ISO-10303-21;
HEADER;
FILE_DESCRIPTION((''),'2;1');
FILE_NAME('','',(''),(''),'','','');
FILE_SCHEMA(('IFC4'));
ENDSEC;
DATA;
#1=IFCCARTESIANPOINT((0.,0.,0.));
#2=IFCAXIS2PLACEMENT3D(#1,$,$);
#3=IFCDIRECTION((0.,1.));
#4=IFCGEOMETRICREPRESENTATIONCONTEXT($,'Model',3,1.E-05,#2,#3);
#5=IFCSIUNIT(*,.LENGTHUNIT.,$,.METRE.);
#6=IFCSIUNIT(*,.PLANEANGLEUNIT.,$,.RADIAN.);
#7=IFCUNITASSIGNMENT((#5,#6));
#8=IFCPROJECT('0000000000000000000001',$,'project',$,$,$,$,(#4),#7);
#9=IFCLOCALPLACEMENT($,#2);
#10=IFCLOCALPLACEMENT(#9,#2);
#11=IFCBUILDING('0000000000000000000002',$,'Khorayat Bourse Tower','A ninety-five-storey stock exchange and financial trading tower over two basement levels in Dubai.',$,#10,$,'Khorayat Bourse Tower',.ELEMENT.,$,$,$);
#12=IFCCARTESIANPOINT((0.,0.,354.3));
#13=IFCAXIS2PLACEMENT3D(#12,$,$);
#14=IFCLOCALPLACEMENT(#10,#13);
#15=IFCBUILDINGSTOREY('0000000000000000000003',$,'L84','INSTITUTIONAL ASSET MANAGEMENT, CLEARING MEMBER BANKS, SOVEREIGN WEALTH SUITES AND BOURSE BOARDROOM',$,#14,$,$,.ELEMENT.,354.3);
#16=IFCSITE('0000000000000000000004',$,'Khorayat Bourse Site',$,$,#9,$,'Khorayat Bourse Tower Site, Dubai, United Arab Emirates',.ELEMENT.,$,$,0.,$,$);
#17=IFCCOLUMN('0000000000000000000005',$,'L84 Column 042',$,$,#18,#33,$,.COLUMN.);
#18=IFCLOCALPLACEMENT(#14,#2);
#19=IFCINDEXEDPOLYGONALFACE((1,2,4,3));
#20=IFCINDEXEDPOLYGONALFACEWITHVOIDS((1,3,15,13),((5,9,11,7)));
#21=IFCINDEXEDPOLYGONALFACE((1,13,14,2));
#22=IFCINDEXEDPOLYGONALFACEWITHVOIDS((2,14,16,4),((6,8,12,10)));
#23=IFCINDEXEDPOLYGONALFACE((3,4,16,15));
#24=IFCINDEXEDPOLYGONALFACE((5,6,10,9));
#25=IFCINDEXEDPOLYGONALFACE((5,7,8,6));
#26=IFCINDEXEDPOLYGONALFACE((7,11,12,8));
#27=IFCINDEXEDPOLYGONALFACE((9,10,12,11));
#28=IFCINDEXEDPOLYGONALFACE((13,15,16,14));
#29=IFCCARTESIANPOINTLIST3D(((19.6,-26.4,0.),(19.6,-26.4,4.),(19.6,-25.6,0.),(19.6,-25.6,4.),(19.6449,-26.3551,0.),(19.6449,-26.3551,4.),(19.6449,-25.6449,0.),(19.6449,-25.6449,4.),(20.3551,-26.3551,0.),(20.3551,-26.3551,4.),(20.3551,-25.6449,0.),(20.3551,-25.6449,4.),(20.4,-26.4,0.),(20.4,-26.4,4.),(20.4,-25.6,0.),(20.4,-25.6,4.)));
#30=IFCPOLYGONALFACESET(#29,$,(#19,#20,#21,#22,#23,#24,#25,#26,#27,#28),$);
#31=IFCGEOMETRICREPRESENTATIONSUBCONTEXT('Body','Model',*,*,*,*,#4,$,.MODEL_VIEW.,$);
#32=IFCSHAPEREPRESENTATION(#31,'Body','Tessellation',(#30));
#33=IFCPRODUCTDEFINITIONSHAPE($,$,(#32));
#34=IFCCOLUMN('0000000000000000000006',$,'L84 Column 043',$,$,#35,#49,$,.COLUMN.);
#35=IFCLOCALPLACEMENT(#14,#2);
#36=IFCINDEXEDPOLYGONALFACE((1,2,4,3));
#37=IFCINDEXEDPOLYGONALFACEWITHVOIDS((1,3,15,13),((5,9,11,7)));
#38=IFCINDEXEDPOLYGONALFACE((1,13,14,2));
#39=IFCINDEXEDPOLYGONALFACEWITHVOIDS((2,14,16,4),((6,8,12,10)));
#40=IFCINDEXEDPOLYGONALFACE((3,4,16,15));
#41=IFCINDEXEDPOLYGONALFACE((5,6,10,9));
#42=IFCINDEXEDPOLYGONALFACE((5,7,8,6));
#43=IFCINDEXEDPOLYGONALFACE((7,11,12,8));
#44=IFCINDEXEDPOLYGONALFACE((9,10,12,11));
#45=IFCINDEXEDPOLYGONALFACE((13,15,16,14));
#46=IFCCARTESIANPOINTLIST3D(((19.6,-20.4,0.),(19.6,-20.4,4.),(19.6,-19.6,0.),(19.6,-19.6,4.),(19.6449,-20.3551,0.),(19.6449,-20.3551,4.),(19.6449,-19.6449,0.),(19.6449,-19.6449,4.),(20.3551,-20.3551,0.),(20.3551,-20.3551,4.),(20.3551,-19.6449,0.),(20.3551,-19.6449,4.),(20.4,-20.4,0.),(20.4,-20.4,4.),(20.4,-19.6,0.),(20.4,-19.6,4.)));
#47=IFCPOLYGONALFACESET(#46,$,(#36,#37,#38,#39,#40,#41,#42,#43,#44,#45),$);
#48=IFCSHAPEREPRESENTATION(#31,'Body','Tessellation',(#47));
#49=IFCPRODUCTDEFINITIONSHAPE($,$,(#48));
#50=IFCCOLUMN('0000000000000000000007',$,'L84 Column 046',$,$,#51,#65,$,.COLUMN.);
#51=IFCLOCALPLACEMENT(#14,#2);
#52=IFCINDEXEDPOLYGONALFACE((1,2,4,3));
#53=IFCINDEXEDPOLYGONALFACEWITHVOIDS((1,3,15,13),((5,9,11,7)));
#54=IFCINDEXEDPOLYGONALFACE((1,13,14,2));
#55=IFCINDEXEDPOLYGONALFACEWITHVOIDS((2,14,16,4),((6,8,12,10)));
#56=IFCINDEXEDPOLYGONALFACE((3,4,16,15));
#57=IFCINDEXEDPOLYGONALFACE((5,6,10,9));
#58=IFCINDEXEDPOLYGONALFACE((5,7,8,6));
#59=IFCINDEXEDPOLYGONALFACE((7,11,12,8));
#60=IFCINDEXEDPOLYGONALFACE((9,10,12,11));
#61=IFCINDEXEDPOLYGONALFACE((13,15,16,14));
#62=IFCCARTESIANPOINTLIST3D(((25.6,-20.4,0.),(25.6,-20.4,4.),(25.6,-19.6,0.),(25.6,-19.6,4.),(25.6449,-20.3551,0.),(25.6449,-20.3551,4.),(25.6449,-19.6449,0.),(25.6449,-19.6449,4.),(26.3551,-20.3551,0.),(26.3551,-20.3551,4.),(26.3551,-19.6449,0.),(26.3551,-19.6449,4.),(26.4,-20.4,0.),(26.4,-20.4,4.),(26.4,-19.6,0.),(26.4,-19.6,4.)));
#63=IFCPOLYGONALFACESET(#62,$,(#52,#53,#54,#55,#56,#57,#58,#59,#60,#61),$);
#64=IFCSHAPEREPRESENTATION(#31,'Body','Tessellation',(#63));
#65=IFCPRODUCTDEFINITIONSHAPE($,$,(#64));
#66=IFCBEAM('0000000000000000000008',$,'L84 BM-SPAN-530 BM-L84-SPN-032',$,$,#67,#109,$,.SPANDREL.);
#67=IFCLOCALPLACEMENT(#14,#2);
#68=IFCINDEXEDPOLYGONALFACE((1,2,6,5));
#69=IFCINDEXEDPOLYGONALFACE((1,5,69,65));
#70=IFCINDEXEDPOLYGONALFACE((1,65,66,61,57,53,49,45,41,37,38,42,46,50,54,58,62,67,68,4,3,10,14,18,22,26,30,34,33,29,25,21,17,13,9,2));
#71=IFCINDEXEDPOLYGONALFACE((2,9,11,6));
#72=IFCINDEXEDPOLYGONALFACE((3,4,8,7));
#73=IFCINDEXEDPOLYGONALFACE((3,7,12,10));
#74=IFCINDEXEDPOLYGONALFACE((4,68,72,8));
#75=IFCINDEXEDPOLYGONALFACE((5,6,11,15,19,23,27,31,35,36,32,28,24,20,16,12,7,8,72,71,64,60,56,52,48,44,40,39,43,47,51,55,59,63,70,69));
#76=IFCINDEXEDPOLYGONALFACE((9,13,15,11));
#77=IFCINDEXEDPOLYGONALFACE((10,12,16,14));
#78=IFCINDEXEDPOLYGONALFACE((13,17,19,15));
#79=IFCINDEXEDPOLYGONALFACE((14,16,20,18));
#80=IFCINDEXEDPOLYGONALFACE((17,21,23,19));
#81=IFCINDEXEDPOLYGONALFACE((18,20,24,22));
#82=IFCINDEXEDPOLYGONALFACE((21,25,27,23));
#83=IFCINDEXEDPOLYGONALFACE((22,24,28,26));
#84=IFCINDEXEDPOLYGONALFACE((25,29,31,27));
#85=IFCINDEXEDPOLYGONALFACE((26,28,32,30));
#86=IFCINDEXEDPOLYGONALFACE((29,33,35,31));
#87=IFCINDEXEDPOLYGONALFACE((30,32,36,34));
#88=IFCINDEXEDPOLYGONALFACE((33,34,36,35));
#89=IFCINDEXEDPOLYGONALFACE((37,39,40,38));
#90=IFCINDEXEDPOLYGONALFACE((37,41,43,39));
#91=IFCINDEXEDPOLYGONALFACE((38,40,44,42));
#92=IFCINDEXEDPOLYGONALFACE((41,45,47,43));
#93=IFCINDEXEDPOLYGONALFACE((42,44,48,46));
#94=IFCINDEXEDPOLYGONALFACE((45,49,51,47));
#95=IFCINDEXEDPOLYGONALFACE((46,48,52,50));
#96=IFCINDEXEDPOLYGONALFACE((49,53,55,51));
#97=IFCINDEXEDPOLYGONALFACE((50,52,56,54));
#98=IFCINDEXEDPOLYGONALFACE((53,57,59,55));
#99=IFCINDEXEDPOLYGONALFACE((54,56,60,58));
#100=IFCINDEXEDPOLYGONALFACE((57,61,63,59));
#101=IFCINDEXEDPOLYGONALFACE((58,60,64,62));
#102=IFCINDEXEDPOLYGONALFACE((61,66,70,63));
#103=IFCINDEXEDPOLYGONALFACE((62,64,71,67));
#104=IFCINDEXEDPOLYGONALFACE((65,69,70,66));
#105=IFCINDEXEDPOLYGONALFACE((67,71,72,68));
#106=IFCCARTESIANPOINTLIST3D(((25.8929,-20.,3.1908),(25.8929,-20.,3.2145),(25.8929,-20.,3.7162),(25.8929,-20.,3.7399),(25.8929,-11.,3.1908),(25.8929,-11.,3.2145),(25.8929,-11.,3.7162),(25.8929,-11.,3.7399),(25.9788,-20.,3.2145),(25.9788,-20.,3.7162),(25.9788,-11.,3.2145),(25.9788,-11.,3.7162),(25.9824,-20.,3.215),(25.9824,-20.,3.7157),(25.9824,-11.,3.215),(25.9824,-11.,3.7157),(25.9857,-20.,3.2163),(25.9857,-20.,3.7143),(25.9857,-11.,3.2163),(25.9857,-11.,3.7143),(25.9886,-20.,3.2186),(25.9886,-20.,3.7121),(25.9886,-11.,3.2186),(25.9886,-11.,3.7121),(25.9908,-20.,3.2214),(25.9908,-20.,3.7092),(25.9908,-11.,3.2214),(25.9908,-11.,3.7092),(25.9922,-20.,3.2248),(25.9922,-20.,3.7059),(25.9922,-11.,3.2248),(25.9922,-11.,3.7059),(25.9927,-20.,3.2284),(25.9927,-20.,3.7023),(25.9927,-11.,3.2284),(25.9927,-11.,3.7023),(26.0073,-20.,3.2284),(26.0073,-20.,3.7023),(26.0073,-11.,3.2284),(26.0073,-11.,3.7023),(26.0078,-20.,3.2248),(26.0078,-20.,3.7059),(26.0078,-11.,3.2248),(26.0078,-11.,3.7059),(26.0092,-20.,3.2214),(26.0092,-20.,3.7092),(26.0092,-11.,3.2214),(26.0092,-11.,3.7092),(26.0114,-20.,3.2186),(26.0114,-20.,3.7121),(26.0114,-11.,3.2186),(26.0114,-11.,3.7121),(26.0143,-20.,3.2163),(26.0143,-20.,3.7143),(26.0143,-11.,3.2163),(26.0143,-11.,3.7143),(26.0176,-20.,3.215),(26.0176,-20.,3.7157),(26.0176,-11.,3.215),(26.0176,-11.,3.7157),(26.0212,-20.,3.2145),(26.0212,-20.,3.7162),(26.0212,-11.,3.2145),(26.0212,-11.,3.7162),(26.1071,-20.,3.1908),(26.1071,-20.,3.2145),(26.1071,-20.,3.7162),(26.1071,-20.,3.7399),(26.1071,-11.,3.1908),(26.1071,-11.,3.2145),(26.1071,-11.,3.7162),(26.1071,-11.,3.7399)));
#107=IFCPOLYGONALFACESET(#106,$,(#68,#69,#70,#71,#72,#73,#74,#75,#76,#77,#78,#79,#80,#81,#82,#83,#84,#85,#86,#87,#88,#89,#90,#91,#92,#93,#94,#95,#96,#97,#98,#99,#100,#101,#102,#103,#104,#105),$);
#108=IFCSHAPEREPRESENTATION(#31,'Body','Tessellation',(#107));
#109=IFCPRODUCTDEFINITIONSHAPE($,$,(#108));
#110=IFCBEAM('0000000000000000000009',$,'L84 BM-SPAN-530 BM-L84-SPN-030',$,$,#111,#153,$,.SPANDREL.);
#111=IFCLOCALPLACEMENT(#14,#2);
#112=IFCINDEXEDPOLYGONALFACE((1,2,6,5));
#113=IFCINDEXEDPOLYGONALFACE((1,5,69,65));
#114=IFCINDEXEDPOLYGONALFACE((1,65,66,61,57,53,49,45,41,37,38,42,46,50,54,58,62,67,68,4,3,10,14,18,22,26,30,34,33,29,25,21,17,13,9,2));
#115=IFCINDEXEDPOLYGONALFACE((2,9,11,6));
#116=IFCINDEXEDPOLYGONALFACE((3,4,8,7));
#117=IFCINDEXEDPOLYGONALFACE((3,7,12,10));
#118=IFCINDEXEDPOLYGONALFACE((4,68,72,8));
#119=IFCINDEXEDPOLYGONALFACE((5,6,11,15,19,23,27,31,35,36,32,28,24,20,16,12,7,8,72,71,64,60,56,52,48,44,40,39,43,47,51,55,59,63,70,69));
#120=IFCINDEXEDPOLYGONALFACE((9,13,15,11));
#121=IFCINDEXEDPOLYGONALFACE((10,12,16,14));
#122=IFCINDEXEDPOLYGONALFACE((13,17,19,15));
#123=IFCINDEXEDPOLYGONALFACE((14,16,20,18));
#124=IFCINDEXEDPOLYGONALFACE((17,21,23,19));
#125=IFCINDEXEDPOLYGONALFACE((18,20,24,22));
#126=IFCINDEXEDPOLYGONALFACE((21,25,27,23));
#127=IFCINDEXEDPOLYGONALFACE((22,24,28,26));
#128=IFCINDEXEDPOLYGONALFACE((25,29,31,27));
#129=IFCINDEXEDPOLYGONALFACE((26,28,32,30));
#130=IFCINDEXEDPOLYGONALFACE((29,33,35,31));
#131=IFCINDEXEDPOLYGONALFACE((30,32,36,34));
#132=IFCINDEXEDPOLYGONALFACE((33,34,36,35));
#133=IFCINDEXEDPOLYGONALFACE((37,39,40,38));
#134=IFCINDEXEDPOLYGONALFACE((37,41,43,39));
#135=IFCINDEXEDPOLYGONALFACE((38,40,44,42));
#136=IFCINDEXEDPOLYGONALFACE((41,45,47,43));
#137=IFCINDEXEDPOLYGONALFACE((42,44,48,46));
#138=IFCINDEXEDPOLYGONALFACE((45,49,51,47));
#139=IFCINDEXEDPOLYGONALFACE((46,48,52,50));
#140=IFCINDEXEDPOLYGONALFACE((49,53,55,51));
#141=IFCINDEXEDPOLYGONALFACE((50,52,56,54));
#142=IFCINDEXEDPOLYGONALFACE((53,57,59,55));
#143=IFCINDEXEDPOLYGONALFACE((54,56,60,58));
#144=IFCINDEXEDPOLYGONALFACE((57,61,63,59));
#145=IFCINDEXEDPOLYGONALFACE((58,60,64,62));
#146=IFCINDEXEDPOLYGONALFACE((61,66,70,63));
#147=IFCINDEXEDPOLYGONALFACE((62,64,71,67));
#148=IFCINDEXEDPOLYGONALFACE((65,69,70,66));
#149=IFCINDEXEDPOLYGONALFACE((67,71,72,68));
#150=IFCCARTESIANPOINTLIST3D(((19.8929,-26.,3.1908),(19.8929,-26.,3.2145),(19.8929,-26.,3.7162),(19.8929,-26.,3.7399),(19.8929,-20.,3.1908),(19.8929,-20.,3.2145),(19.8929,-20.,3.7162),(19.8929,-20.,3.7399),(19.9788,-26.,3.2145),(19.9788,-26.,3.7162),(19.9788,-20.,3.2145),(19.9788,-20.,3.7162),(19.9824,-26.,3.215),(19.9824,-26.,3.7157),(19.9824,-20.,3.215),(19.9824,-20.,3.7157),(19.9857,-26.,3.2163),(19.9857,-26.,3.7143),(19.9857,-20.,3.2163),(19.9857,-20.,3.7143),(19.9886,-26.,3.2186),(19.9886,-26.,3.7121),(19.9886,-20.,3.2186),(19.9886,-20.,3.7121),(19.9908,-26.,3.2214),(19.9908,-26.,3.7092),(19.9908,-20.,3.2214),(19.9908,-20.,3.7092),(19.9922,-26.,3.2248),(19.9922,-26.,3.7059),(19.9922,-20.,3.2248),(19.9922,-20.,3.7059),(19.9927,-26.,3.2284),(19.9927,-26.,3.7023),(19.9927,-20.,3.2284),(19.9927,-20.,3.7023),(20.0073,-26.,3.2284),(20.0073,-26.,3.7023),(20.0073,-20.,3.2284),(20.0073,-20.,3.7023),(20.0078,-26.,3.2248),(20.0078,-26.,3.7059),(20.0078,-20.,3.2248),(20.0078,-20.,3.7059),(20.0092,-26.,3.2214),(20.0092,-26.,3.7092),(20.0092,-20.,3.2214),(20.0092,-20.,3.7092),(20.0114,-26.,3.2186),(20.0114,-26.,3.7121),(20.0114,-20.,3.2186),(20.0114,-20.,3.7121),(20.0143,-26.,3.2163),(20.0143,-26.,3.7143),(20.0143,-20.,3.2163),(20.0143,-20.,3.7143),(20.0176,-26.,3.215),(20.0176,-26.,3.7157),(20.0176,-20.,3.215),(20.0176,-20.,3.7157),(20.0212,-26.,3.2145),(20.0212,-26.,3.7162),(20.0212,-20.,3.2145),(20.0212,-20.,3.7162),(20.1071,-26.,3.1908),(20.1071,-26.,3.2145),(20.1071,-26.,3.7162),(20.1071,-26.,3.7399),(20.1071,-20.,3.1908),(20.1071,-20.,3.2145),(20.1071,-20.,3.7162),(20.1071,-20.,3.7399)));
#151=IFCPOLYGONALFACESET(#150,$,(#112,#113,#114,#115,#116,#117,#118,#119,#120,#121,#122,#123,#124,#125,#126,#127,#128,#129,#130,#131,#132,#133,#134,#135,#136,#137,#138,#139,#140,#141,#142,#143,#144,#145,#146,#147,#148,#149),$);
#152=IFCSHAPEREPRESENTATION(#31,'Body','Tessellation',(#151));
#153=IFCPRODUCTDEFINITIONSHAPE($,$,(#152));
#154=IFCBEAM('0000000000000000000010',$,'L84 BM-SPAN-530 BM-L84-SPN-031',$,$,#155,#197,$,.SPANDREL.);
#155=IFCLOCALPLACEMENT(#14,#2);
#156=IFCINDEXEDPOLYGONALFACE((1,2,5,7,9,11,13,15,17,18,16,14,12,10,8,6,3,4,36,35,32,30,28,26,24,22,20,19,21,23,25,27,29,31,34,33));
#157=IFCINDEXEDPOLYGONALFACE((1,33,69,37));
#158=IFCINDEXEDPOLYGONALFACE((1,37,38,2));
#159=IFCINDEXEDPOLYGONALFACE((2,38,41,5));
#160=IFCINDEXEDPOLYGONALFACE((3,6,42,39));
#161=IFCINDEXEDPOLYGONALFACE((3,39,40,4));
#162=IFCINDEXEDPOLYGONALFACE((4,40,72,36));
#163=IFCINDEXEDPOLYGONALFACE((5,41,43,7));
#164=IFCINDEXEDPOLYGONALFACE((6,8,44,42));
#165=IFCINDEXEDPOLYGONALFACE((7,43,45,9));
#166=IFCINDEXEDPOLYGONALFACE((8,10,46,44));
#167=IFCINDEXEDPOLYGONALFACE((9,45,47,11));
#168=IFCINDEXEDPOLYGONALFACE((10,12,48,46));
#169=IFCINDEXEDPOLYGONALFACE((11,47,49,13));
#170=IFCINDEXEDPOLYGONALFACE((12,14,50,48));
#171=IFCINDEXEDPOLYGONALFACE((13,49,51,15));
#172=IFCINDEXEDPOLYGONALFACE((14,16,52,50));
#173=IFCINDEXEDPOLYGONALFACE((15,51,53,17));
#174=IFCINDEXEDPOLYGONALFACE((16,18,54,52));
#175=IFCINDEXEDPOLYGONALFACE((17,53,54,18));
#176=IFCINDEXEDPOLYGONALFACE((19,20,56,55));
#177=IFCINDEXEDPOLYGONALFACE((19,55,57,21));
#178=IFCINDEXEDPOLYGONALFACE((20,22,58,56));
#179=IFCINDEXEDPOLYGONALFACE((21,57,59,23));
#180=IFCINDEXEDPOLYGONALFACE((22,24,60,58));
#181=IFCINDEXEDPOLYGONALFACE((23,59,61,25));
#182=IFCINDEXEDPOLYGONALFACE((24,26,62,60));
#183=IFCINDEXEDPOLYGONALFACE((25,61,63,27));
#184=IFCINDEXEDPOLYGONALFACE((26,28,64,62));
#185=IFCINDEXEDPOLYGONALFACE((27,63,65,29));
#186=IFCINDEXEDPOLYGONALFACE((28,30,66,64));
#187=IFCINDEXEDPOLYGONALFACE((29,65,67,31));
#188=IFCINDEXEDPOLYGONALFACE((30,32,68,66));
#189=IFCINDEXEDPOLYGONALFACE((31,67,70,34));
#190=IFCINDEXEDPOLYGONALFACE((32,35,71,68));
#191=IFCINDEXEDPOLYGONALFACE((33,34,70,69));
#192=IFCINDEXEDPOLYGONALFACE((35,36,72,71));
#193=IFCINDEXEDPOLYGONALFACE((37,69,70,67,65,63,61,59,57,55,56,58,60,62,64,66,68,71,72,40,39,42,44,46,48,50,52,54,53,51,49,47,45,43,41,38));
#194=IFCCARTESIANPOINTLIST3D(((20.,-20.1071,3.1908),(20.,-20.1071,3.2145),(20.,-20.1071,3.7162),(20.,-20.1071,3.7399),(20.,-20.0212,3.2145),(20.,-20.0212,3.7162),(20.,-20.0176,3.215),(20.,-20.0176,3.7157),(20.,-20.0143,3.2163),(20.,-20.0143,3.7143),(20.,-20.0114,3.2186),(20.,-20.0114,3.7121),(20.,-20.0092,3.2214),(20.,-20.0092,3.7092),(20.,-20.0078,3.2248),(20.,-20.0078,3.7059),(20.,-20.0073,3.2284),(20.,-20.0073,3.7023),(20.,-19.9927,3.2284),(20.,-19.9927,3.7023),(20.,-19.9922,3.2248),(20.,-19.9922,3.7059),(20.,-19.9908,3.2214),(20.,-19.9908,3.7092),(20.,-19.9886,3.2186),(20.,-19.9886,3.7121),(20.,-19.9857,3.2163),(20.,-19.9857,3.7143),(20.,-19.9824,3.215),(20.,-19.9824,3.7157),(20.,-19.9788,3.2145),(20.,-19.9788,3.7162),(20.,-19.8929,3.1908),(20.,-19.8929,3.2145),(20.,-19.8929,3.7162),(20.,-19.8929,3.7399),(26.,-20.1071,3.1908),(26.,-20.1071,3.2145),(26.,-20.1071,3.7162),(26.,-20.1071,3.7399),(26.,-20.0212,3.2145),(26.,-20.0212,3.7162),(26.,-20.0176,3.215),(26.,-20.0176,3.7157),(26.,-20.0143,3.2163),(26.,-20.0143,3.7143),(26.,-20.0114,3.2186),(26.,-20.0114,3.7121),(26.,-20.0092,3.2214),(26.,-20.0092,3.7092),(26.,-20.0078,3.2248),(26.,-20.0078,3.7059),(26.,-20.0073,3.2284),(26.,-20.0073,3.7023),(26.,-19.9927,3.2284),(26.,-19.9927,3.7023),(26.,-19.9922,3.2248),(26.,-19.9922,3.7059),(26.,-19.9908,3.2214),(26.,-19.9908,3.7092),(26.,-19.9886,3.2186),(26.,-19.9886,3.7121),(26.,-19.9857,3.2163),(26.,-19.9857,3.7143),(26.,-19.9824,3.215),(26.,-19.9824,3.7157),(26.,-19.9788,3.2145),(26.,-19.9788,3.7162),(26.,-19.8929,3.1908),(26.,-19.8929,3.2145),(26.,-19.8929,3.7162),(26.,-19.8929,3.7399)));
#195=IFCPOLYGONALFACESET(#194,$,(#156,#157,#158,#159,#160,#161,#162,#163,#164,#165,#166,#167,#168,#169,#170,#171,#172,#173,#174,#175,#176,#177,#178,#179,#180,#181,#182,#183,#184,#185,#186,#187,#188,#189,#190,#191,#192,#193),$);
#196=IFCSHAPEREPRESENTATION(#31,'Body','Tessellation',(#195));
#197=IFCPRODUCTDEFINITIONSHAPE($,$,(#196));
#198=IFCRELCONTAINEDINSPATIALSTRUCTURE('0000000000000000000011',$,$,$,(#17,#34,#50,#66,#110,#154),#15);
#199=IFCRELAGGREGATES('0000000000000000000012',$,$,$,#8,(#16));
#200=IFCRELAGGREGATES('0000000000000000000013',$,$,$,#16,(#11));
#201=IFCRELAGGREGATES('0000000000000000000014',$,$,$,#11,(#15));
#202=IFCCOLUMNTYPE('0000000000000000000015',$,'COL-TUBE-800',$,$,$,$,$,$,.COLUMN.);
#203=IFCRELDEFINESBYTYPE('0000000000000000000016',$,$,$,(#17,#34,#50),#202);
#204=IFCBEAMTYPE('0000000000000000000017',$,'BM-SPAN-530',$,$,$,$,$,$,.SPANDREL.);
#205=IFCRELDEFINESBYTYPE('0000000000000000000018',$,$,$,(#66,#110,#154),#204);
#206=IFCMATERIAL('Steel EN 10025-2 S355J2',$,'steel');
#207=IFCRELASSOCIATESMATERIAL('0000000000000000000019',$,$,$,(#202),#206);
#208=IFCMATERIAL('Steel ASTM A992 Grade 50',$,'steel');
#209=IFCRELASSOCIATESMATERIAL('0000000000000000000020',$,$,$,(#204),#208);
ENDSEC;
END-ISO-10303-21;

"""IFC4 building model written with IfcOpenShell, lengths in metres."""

from ifc_helpers import new_model, si_unit, direction, frame, origin, origin_2d, place, context, subcontext, project, spatial, hollow_rectangle, i_section, extrude, source, transform, mapped, material, material_profile, profile_set, type_object, element, save


model = new_model("IFC4")

# Units and contexts
model_context = context("Model", 3, precision=1e-05, world=origin(), true_north=direction((0.0, 1.0)))
body_context = subcontext(model_context, "Body", "Model", "MODEL_VIEW")
ifc_project = project(units=[si_unit("LENGTHUNIT", "METRE"), si_unit("PLANEANGLEUNIT", "RADIAN")], contexts=[model_context])

# Site, building, storey
site_placement = place(None, origin())
site = spatial("IfcSite", under=ifc_project, at=site_placement, Name="Khorayat Bourse Site", LongName="Khorayat Bourse Tower Site, Dubai, United Arab Emirates", CompositionType="ELEMENT", RefElevation=0.0)
building_placement = place(site_placement, origin())
building = spatial("IfcBuilding", under=site, at=building_placement, Name="Khorayat Bourse Tower", Description="A ninety-five-storey stock exchange and financial trading tower over two basement levels in Dubai.", LongName="Khorayat Bourse Tower", CompositionType="ELEMENT")
storey_placement = place(building_placement, frame((0.0, 0.0, 354.3)))
storey = spatial("IfcBuildingStorey", under=building, at=storey_placement, Name="L84", Description="INSTITUTIONAL ASSET MANAGEMENT, CLEARING MEMBER BANKS, SOVEREIGN WEALTH SUITES AND BOURSE BOARDROOM", CompositionType="ELEMENT", Elevation=354.3)

# Columns
ifc_material_1 = material(Name="Steel EN 10025-2 S355J2", Category="steel")
ifc_material_profile_1 = material_profile(ifc_material_1, hollow_rectangle(XDim=0.8, YDim=0.8, WallThickness=0.0449, at=origin_2d()), Name="BOX 800x800x45")
ifc_profile_set_1 = profile_set([ifc_material_profile_1], Name="Steel EN 10025-2 S355J2")
column_type = type_object("IfcColumnType", Name="COL-TUBE-800", PredefinedType="COLUMN", material=ifc_profile_set_1)
shared_shape_1 = source(origin(), body_context, "Body", "SweptSolid", [
    extrude(hollow_rectangle(XDim=0.8, YDim=0.8, WallThickness=0.0449, at=origin_2d()), origin(), (0.0, 0.0, 1.0), 4.0),
])
for number, where, z_axis, x_axis, name in (
    (1, (20.0, -26.0, 0.0), (0.0, 0.0, 1.0), (1.0, 0.0, 0.0), "L84 Column 042"),
    (2, (20.0, -20.0, 0.0), (0.0, 0.0, 1.0), (1.0, 0.0, 0.0), "L84 Column 043"),
    (3, (26.0, -20.0, 0.0), (0.0, 0.0, 1.0), (1.0, 0.0, 0.0), "L84 Column 046"),
):
    element("IfcColumn", number, at=place(storey_placement, frame(where, z_axis=z_axis, x_axis=x_axis)), inside=storey, type_object=column_type, Name=name, PredefinedType="COLUMN", context=body_context, shape_type="MappedRepresentation", body=[
        mapped(shared_shape_1, transform((0.0, 0.0, 0.0), scale=1.0)),
    ])

# Beams
ifc_material_2 = material(Name="Steel ASTM A992 Grade 50", Category="steel")
ifc_material_profile_2 = material_profile(ifc_material_2, i_section(OverallWidth=0.2141, OverallDepth=0.5491, WebThickness=0.0146, FlangeThickness=0.0237, FilletRadius=0.0139, at=origin_2d()), Name="W530X138")
ifc_profile_set_2 = profile_set([ifc_material_profile_2], Name="Steel ASTM A992 Grade 50")
beam_type_1 = type_object("IfcBeamType", Name="BM-SPAN-530", PredefinedType="SPANDREL", material=ifc_profile_set_2)
shared_shape_2 = source(origin(), body_context, "Body", "SweptSolid", [
    extrude(i_section(OverallWidth=0.2141, OverallDepth=0.5491, WebThickness=0.0146, FlangeThickness=0.0237, FilletRadius=0.0139, at=origin_2d()), origin(), (0.0, 0.0, 1.0), 9.0),
])
beam_1_placement = place(storey_placement, frame((26.0, -20.0, 3.4653), z_axis=(0.0, 1.0, 0.0), x_axis=(-1.0, 0.0, 0.0)))
element("IfcBeam", 4, at=beam_1_placement, inside=storey, type_object=beam_type_1, Name="L84 BM-SPAN-530 BM-L84-SPN-032", PredefinedType="SPANDREL", context=body_context, shape_type="MappedRepresentation", body=[
    mapped(shared_shape_2, transform((0.0, 0.0, 0.0), scale=1.0)),
])
shared_shape_3 = source(origin(), body_context, "Body", "SweptSolid", [
    extrude(i_section(OverallWidth=0.2141, OverallDepth=0.5491, WebThickness=0.0146, FlangeThickness=0.0237, FilletRadius=0.0139, at=origin_2d()), origin(), (0.0, 0.0, 1.0), 6.0),
])
for number, where, z_axis, x_axis, name in (
    (5, (20.0, -26.0, 3.4653), (0.0, 1.0, 0.0), (-1.0, 0.0, 0.0), "L84 BM-SPAN-530 BM-L84-SPN-030"),
    (6, (20.0, -20.0, 3.4653), (1.0, 0.0, 0.0), (0.0, 1.0, 0.0), "L84 BM-SPAN-530 BM-L84-SPN-031"),
):
    element("IfcBeam", number, at=place(storey_placement, frame(where, z_axis=z_axis, x_axis=x_axis)), inside=storey, type_object=beam_type_1, Name=name, PredefinedType="SPANDREL", context=body_context, shape_type="MappedRepresentation", body=[
        mapped(shared_shape_3, transform((0.0, 0.0, 0.0), scale=1.0)),
    ])

save(model, "model.ifc")
